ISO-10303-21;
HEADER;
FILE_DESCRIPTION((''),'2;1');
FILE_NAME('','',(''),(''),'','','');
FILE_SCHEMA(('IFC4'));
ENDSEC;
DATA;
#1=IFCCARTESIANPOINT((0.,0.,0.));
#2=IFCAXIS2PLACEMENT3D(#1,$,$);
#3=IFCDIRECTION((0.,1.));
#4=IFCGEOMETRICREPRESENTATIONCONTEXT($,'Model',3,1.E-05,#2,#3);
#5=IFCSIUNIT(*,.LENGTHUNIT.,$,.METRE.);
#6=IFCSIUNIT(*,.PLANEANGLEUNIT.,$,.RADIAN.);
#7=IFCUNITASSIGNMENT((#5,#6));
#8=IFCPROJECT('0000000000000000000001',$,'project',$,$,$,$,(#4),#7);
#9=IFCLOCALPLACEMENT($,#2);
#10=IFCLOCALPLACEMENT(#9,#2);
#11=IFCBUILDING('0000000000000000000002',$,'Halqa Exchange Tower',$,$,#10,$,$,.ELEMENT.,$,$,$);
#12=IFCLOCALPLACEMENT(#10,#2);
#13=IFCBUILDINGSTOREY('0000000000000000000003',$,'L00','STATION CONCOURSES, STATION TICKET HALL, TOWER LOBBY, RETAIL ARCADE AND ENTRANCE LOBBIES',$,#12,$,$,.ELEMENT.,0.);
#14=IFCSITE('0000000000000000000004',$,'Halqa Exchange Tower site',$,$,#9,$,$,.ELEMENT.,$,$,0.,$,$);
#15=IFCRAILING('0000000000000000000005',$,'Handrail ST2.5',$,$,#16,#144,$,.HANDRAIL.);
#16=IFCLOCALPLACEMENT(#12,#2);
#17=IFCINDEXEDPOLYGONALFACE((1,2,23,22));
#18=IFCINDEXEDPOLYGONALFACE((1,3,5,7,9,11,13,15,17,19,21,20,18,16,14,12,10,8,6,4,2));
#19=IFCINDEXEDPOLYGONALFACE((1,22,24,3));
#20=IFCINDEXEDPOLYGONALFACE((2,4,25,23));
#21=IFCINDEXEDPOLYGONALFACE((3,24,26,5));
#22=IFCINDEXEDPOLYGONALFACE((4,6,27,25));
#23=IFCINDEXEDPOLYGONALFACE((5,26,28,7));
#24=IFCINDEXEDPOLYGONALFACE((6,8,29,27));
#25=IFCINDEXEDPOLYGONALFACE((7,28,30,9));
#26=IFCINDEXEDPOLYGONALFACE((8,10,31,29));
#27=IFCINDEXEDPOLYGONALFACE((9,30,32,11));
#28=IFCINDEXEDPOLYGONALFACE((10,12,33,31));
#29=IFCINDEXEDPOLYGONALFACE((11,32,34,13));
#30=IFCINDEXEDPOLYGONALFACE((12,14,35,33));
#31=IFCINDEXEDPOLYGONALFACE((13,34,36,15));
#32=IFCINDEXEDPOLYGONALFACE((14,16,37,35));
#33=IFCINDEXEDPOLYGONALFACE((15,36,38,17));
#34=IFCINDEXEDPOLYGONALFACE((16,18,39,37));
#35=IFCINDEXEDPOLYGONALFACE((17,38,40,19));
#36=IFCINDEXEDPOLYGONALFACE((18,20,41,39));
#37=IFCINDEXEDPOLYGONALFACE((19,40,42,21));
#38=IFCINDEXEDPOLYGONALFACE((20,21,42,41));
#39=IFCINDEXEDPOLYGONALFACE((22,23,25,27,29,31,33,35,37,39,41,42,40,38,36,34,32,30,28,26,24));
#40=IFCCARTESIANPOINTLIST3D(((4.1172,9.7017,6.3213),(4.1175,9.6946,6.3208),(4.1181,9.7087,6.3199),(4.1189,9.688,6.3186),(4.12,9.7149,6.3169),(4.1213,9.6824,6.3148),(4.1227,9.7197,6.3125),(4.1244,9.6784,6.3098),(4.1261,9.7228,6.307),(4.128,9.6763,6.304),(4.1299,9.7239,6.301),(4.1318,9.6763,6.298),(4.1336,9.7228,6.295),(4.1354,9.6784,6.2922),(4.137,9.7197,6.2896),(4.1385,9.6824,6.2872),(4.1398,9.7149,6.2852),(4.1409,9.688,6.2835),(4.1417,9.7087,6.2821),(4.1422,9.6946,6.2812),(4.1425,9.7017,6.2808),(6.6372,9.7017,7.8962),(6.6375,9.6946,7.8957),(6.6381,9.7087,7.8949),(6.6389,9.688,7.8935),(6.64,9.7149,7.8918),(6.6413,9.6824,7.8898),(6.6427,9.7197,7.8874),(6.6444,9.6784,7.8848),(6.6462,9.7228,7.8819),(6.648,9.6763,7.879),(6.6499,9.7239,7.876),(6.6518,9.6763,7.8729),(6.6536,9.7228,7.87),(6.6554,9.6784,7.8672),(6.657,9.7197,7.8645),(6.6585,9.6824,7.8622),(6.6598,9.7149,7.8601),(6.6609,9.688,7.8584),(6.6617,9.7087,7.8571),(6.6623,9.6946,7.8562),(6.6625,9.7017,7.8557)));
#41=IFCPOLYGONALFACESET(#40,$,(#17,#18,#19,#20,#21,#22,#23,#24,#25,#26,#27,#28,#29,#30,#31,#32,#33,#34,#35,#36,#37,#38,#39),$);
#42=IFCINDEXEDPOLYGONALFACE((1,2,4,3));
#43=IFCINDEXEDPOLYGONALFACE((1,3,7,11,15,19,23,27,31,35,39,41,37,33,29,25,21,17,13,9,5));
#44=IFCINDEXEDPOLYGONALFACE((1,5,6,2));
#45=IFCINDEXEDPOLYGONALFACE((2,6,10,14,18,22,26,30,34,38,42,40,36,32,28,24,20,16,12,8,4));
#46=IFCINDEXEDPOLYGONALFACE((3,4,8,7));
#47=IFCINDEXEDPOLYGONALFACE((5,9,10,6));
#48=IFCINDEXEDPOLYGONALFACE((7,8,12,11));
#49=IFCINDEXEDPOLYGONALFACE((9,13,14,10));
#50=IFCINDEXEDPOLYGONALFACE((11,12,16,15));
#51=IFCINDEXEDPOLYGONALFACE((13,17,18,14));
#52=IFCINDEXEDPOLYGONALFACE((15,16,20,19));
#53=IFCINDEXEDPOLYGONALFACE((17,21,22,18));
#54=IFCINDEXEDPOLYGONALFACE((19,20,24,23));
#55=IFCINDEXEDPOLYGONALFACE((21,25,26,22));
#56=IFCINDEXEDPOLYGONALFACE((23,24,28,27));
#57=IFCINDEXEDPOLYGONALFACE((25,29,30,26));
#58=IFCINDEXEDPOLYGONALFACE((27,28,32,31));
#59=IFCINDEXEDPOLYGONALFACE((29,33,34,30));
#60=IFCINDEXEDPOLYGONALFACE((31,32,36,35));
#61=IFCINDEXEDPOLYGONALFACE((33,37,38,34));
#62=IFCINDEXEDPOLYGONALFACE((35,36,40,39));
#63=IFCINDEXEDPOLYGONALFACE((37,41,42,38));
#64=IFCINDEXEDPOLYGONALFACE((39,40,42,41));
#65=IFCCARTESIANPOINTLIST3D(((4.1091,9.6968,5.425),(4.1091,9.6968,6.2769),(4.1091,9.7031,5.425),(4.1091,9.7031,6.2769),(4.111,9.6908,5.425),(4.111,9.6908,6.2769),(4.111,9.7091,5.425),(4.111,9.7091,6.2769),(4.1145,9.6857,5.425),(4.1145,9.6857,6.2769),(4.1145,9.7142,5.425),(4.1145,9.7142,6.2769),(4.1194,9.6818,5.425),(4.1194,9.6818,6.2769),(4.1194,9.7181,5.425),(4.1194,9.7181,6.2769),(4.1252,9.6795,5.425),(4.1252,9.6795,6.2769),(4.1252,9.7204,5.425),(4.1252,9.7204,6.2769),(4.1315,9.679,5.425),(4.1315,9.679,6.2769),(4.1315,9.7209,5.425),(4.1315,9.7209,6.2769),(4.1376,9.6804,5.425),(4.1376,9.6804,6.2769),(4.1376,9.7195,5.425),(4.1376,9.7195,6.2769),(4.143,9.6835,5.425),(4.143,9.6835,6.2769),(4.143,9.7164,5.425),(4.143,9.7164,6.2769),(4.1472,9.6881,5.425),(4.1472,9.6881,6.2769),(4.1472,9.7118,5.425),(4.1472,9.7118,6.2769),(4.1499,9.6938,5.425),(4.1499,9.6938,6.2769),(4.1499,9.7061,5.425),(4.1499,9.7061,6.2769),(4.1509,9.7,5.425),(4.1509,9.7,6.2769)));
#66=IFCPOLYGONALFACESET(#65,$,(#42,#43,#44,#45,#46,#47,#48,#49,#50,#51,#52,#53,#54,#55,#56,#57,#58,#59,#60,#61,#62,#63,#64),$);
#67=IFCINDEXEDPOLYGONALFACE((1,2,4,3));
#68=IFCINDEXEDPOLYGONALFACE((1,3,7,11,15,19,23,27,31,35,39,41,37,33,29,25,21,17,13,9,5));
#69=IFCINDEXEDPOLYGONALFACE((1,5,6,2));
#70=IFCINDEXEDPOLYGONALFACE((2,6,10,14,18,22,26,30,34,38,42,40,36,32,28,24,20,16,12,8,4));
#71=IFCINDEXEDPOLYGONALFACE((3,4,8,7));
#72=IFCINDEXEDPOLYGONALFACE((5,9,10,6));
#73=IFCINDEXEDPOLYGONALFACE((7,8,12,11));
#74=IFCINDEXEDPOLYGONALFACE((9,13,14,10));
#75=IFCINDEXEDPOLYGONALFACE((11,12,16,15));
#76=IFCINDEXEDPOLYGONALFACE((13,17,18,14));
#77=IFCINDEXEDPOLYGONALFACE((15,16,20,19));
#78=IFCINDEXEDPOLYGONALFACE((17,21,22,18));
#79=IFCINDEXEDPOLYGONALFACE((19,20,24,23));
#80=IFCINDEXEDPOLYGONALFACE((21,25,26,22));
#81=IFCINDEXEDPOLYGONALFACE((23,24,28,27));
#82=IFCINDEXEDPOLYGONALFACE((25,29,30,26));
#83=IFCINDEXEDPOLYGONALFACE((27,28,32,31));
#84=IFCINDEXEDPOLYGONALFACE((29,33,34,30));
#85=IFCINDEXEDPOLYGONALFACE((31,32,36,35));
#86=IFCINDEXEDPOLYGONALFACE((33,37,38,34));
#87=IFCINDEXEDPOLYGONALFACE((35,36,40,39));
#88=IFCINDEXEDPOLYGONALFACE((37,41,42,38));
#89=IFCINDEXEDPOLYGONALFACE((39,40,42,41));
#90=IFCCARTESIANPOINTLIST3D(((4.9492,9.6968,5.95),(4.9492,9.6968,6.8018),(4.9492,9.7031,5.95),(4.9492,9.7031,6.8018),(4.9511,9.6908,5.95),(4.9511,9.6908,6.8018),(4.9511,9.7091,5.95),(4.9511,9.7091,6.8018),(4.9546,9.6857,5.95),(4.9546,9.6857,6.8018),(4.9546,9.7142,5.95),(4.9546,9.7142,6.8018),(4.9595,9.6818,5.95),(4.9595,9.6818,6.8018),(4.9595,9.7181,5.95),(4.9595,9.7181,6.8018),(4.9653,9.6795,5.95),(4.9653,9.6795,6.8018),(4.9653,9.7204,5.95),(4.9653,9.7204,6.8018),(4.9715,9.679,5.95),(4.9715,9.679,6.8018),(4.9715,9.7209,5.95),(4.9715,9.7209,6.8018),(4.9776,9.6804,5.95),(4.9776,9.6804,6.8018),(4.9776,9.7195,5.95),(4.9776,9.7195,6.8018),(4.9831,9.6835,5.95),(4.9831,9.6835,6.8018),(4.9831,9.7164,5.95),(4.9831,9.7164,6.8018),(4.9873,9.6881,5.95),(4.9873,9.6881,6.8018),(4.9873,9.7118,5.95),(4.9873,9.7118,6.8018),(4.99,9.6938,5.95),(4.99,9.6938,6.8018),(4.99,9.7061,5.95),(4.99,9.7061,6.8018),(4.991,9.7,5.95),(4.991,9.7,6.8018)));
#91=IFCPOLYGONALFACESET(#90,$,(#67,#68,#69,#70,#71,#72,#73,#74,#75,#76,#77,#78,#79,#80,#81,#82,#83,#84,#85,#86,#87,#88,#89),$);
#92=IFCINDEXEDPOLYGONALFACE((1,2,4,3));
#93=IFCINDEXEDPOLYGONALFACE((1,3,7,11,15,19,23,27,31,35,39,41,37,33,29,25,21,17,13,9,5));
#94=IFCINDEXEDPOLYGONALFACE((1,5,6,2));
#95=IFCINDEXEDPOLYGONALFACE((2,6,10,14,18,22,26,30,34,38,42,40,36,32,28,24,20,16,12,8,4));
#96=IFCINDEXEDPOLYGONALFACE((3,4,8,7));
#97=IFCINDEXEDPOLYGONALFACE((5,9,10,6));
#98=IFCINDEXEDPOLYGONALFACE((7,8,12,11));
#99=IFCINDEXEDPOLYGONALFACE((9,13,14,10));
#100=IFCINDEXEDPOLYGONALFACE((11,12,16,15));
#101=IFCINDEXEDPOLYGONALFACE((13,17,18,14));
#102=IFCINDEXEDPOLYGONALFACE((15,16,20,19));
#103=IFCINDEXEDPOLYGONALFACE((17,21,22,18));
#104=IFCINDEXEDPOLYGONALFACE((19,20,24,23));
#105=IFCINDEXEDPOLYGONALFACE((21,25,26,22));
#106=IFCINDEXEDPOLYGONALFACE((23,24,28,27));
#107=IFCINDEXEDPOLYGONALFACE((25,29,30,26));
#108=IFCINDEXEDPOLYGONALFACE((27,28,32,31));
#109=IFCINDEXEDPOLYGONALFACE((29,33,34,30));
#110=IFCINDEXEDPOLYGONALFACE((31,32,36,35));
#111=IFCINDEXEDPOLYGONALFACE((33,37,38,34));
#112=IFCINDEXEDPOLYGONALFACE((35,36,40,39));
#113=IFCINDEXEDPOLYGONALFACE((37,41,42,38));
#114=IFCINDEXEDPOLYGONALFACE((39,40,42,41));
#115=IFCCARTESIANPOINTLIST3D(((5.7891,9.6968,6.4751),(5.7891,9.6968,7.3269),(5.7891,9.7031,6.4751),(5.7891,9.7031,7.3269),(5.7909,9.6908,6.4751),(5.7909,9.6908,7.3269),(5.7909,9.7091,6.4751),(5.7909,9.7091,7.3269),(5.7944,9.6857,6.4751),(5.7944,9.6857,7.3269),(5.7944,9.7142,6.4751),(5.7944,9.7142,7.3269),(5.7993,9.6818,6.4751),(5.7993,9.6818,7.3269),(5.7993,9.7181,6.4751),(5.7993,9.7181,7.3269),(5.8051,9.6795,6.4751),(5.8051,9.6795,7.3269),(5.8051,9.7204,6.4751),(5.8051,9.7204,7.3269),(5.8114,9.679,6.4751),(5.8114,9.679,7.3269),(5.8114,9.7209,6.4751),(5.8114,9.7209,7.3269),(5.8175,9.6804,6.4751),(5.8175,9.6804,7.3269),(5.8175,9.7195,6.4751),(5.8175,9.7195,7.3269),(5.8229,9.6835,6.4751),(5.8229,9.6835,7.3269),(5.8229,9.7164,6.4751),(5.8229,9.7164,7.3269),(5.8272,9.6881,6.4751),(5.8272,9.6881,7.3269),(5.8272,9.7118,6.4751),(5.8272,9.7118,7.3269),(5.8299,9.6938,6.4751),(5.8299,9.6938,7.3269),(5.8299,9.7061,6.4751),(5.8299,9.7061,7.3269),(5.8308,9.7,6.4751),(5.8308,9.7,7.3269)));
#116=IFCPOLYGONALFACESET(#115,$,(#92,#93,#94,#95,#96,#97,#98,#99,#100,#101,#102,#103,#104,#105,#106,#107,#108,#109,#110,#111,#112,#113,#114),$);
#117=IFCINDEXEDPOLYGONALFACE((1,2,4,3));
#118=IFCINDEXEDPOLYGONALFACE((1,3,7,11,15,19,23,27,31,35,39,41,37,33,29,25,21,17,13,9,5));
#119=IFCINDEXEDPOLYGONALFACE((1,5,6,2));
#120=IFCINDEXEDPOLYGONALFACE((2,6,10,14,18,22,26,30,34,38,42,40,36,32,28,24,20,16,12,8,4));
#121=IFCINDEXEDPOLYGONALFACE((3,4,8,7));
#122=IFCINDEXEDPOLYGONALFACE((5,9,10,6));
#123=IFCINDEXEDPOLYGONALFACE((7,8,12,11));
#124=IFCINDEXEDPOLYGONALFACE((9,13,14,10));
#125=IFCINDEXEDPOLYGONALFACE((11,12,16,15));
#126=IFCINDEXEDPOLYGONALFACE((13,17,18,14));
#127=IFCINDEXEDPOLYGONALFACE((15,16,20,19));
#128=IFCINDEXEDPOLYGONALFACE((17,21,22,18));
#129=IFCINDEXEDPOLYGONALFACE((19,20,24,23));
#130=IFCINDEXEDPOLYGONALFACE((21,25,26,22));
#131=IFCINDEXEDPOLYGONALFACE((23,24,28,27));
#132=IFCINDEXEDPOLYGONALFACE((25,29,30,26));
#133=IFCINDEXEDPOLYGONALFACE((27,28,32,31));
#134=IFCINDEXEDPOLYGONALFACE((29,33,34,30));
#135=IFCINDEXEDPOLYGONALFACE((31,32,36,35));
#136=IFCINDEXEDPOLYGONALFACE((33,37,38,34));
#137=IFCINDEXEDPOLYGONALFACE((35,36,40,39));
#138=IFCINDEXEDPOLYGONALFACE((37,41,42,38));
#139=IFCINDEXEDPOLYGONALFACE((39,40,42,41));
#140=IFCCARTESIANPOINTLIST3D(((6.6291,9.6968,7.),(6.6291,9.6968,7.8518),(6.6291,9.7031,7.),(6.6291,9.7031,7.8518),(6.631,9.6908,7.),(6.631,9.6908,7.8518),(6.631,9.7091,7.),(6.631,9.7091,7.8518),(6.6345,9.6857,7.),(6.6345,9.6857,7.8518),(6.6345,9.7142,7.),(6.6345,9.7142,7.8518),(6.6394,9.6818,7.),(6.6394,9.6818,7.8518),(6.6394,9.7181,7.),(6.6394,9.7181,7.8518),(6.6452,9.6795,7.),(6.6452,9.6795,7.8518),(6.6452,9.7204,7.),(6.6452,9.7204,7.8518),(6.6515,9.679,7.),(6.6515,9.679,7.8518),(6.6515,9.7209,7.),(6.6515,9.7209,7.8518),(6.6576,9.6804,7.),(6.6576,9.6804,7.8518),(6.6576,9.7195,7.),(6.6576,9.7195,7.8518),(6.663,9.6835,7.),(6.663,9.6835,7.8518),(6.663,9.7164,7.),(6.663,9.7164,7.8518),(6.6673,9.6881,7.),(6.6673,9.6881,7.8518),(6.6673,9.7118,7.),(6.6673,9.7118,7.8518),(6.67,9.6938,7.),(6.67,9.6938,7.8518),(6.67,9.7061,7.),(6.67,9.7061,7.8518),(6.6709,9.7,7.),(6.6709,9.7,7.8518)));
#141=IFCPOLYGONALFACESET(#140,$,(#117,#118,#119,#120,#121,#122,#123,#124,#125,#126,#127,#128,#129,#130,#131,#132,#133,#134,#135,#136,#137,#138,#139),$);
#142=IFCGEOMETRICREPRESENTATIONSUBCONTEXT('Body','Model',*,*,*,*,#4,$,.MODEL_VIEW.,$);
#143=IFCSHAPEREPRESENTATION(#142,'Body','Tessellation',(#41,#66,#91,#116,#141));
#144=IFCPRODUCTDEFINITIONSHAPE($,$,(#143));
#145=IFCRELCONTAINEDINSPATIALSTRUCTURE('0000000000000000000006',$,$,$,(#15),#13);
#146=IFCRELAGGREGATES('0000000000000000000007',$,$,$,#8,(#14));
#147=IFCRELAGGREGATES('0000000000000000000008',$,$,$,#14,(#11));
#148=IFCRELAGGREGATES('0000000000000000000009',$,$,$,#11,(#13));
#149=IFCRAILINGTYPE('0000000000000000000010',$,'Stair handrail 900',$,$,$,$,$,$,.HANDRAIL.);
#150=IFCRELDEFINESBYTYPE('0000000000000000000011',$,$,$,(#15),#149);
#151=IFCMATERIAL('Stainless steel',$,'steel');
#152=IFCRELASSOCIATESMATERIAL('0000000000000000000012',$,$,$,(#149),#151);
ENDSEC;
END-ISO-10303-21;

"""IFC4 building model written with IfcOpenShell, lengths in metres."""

from ifc_helpers import new_model, si_unit, direction, frame, origin, origin_2d, place, context, subcontext, project, spatial, circle, extrude, material, type_object, element, save


model = new_model("IFC4")

# Units and contexts
model_context = context("Model", 3, precision=1e-05, world=origin(), true_north=direction((0.0, 1.0)))
body_context = subcontext(model_context, "Body", "Model", "MODEL_VIEW")
ifc_project = project(units=[si_unit("LENGTHUNIT", "METRE"), si_unit("PLANEANGLEUNIT", "RADIAN")], contexts=[model_context])

# Site, building, storey
site_placement = place(None, origin())
site = spatial("IfcSite", under=ifc_project, at=site_placement, Name="Halqa Exchange Tower site", CompositionType="ELEMENT", RefElevation=0.0)
building_placement = place(site_placement, origin())
building = spatial("IfcBuilding", under=site, at=building_placement, Name="Halqa Exchange Tower", CompositionType="ELEMENT")
storey_placement = place(building_placement, origin())
storey = spatial("IfcBuildingStorey", under=building, at=storey_placement, Name="L00", Description="STATION CONCOURSES, STATION TICKET HALL, TOWER LOBBY, RETAIL ARCADE AND ENTRANCE LOBBIES", CompositionType="ELEMENT", Elevation=0.0)

# Railing
ifc_material_1 = material(Name="Stainless steel", Category="steel")
railing_type = type_object("IfcRailingType", Name="Stair handrail 900", PredefinedType="HANDRAIL", material=ifc_material_1)
railing_placement = place(storey_placement, frame((4.1299, 9.7, 5.425)))
element("IfcRailing", 1, at=railing_placement, inside=storey, type_object=railing_type, Name="Handrail ST2.5", PredefinedType="HANDRAIL", context=body_context, shape_type="SweptSolid", body=[
    extrude(circle(Radius=0.0239, at=origin_2d()), frame((0.0, 0.0, 0.876), z_axis=(0.848008, 0.0, 0.529984), x_axis=(0.0, 1.0, 0.0)), (0.0, 0.0, 1.0), 2.9717),
    extrude(circle(Radius=0.021, at=origin_2d()), origin(), (0.0, 0.0, 1.0), 0.8518),
    extrude(circle(Radius=0.021, at=origin_2d()), frame((0.8401, 0.0, 0.5249)), (0.0, 0.0, 1.0), 0.8518),
    extrude(circle(Radius=0.021, at=origin_2d()), frame((1.6799, 0.0, 1.05)), (0.0, 0.0, 1.0), 0.8518),
    extrude(circle(Radius=0.021, at=origin_2d()), frame((2.52, 0.0, 1.575)), (0.0, 0.0, 1.0), 0.8518),
])

save(model, "model.ifc")
